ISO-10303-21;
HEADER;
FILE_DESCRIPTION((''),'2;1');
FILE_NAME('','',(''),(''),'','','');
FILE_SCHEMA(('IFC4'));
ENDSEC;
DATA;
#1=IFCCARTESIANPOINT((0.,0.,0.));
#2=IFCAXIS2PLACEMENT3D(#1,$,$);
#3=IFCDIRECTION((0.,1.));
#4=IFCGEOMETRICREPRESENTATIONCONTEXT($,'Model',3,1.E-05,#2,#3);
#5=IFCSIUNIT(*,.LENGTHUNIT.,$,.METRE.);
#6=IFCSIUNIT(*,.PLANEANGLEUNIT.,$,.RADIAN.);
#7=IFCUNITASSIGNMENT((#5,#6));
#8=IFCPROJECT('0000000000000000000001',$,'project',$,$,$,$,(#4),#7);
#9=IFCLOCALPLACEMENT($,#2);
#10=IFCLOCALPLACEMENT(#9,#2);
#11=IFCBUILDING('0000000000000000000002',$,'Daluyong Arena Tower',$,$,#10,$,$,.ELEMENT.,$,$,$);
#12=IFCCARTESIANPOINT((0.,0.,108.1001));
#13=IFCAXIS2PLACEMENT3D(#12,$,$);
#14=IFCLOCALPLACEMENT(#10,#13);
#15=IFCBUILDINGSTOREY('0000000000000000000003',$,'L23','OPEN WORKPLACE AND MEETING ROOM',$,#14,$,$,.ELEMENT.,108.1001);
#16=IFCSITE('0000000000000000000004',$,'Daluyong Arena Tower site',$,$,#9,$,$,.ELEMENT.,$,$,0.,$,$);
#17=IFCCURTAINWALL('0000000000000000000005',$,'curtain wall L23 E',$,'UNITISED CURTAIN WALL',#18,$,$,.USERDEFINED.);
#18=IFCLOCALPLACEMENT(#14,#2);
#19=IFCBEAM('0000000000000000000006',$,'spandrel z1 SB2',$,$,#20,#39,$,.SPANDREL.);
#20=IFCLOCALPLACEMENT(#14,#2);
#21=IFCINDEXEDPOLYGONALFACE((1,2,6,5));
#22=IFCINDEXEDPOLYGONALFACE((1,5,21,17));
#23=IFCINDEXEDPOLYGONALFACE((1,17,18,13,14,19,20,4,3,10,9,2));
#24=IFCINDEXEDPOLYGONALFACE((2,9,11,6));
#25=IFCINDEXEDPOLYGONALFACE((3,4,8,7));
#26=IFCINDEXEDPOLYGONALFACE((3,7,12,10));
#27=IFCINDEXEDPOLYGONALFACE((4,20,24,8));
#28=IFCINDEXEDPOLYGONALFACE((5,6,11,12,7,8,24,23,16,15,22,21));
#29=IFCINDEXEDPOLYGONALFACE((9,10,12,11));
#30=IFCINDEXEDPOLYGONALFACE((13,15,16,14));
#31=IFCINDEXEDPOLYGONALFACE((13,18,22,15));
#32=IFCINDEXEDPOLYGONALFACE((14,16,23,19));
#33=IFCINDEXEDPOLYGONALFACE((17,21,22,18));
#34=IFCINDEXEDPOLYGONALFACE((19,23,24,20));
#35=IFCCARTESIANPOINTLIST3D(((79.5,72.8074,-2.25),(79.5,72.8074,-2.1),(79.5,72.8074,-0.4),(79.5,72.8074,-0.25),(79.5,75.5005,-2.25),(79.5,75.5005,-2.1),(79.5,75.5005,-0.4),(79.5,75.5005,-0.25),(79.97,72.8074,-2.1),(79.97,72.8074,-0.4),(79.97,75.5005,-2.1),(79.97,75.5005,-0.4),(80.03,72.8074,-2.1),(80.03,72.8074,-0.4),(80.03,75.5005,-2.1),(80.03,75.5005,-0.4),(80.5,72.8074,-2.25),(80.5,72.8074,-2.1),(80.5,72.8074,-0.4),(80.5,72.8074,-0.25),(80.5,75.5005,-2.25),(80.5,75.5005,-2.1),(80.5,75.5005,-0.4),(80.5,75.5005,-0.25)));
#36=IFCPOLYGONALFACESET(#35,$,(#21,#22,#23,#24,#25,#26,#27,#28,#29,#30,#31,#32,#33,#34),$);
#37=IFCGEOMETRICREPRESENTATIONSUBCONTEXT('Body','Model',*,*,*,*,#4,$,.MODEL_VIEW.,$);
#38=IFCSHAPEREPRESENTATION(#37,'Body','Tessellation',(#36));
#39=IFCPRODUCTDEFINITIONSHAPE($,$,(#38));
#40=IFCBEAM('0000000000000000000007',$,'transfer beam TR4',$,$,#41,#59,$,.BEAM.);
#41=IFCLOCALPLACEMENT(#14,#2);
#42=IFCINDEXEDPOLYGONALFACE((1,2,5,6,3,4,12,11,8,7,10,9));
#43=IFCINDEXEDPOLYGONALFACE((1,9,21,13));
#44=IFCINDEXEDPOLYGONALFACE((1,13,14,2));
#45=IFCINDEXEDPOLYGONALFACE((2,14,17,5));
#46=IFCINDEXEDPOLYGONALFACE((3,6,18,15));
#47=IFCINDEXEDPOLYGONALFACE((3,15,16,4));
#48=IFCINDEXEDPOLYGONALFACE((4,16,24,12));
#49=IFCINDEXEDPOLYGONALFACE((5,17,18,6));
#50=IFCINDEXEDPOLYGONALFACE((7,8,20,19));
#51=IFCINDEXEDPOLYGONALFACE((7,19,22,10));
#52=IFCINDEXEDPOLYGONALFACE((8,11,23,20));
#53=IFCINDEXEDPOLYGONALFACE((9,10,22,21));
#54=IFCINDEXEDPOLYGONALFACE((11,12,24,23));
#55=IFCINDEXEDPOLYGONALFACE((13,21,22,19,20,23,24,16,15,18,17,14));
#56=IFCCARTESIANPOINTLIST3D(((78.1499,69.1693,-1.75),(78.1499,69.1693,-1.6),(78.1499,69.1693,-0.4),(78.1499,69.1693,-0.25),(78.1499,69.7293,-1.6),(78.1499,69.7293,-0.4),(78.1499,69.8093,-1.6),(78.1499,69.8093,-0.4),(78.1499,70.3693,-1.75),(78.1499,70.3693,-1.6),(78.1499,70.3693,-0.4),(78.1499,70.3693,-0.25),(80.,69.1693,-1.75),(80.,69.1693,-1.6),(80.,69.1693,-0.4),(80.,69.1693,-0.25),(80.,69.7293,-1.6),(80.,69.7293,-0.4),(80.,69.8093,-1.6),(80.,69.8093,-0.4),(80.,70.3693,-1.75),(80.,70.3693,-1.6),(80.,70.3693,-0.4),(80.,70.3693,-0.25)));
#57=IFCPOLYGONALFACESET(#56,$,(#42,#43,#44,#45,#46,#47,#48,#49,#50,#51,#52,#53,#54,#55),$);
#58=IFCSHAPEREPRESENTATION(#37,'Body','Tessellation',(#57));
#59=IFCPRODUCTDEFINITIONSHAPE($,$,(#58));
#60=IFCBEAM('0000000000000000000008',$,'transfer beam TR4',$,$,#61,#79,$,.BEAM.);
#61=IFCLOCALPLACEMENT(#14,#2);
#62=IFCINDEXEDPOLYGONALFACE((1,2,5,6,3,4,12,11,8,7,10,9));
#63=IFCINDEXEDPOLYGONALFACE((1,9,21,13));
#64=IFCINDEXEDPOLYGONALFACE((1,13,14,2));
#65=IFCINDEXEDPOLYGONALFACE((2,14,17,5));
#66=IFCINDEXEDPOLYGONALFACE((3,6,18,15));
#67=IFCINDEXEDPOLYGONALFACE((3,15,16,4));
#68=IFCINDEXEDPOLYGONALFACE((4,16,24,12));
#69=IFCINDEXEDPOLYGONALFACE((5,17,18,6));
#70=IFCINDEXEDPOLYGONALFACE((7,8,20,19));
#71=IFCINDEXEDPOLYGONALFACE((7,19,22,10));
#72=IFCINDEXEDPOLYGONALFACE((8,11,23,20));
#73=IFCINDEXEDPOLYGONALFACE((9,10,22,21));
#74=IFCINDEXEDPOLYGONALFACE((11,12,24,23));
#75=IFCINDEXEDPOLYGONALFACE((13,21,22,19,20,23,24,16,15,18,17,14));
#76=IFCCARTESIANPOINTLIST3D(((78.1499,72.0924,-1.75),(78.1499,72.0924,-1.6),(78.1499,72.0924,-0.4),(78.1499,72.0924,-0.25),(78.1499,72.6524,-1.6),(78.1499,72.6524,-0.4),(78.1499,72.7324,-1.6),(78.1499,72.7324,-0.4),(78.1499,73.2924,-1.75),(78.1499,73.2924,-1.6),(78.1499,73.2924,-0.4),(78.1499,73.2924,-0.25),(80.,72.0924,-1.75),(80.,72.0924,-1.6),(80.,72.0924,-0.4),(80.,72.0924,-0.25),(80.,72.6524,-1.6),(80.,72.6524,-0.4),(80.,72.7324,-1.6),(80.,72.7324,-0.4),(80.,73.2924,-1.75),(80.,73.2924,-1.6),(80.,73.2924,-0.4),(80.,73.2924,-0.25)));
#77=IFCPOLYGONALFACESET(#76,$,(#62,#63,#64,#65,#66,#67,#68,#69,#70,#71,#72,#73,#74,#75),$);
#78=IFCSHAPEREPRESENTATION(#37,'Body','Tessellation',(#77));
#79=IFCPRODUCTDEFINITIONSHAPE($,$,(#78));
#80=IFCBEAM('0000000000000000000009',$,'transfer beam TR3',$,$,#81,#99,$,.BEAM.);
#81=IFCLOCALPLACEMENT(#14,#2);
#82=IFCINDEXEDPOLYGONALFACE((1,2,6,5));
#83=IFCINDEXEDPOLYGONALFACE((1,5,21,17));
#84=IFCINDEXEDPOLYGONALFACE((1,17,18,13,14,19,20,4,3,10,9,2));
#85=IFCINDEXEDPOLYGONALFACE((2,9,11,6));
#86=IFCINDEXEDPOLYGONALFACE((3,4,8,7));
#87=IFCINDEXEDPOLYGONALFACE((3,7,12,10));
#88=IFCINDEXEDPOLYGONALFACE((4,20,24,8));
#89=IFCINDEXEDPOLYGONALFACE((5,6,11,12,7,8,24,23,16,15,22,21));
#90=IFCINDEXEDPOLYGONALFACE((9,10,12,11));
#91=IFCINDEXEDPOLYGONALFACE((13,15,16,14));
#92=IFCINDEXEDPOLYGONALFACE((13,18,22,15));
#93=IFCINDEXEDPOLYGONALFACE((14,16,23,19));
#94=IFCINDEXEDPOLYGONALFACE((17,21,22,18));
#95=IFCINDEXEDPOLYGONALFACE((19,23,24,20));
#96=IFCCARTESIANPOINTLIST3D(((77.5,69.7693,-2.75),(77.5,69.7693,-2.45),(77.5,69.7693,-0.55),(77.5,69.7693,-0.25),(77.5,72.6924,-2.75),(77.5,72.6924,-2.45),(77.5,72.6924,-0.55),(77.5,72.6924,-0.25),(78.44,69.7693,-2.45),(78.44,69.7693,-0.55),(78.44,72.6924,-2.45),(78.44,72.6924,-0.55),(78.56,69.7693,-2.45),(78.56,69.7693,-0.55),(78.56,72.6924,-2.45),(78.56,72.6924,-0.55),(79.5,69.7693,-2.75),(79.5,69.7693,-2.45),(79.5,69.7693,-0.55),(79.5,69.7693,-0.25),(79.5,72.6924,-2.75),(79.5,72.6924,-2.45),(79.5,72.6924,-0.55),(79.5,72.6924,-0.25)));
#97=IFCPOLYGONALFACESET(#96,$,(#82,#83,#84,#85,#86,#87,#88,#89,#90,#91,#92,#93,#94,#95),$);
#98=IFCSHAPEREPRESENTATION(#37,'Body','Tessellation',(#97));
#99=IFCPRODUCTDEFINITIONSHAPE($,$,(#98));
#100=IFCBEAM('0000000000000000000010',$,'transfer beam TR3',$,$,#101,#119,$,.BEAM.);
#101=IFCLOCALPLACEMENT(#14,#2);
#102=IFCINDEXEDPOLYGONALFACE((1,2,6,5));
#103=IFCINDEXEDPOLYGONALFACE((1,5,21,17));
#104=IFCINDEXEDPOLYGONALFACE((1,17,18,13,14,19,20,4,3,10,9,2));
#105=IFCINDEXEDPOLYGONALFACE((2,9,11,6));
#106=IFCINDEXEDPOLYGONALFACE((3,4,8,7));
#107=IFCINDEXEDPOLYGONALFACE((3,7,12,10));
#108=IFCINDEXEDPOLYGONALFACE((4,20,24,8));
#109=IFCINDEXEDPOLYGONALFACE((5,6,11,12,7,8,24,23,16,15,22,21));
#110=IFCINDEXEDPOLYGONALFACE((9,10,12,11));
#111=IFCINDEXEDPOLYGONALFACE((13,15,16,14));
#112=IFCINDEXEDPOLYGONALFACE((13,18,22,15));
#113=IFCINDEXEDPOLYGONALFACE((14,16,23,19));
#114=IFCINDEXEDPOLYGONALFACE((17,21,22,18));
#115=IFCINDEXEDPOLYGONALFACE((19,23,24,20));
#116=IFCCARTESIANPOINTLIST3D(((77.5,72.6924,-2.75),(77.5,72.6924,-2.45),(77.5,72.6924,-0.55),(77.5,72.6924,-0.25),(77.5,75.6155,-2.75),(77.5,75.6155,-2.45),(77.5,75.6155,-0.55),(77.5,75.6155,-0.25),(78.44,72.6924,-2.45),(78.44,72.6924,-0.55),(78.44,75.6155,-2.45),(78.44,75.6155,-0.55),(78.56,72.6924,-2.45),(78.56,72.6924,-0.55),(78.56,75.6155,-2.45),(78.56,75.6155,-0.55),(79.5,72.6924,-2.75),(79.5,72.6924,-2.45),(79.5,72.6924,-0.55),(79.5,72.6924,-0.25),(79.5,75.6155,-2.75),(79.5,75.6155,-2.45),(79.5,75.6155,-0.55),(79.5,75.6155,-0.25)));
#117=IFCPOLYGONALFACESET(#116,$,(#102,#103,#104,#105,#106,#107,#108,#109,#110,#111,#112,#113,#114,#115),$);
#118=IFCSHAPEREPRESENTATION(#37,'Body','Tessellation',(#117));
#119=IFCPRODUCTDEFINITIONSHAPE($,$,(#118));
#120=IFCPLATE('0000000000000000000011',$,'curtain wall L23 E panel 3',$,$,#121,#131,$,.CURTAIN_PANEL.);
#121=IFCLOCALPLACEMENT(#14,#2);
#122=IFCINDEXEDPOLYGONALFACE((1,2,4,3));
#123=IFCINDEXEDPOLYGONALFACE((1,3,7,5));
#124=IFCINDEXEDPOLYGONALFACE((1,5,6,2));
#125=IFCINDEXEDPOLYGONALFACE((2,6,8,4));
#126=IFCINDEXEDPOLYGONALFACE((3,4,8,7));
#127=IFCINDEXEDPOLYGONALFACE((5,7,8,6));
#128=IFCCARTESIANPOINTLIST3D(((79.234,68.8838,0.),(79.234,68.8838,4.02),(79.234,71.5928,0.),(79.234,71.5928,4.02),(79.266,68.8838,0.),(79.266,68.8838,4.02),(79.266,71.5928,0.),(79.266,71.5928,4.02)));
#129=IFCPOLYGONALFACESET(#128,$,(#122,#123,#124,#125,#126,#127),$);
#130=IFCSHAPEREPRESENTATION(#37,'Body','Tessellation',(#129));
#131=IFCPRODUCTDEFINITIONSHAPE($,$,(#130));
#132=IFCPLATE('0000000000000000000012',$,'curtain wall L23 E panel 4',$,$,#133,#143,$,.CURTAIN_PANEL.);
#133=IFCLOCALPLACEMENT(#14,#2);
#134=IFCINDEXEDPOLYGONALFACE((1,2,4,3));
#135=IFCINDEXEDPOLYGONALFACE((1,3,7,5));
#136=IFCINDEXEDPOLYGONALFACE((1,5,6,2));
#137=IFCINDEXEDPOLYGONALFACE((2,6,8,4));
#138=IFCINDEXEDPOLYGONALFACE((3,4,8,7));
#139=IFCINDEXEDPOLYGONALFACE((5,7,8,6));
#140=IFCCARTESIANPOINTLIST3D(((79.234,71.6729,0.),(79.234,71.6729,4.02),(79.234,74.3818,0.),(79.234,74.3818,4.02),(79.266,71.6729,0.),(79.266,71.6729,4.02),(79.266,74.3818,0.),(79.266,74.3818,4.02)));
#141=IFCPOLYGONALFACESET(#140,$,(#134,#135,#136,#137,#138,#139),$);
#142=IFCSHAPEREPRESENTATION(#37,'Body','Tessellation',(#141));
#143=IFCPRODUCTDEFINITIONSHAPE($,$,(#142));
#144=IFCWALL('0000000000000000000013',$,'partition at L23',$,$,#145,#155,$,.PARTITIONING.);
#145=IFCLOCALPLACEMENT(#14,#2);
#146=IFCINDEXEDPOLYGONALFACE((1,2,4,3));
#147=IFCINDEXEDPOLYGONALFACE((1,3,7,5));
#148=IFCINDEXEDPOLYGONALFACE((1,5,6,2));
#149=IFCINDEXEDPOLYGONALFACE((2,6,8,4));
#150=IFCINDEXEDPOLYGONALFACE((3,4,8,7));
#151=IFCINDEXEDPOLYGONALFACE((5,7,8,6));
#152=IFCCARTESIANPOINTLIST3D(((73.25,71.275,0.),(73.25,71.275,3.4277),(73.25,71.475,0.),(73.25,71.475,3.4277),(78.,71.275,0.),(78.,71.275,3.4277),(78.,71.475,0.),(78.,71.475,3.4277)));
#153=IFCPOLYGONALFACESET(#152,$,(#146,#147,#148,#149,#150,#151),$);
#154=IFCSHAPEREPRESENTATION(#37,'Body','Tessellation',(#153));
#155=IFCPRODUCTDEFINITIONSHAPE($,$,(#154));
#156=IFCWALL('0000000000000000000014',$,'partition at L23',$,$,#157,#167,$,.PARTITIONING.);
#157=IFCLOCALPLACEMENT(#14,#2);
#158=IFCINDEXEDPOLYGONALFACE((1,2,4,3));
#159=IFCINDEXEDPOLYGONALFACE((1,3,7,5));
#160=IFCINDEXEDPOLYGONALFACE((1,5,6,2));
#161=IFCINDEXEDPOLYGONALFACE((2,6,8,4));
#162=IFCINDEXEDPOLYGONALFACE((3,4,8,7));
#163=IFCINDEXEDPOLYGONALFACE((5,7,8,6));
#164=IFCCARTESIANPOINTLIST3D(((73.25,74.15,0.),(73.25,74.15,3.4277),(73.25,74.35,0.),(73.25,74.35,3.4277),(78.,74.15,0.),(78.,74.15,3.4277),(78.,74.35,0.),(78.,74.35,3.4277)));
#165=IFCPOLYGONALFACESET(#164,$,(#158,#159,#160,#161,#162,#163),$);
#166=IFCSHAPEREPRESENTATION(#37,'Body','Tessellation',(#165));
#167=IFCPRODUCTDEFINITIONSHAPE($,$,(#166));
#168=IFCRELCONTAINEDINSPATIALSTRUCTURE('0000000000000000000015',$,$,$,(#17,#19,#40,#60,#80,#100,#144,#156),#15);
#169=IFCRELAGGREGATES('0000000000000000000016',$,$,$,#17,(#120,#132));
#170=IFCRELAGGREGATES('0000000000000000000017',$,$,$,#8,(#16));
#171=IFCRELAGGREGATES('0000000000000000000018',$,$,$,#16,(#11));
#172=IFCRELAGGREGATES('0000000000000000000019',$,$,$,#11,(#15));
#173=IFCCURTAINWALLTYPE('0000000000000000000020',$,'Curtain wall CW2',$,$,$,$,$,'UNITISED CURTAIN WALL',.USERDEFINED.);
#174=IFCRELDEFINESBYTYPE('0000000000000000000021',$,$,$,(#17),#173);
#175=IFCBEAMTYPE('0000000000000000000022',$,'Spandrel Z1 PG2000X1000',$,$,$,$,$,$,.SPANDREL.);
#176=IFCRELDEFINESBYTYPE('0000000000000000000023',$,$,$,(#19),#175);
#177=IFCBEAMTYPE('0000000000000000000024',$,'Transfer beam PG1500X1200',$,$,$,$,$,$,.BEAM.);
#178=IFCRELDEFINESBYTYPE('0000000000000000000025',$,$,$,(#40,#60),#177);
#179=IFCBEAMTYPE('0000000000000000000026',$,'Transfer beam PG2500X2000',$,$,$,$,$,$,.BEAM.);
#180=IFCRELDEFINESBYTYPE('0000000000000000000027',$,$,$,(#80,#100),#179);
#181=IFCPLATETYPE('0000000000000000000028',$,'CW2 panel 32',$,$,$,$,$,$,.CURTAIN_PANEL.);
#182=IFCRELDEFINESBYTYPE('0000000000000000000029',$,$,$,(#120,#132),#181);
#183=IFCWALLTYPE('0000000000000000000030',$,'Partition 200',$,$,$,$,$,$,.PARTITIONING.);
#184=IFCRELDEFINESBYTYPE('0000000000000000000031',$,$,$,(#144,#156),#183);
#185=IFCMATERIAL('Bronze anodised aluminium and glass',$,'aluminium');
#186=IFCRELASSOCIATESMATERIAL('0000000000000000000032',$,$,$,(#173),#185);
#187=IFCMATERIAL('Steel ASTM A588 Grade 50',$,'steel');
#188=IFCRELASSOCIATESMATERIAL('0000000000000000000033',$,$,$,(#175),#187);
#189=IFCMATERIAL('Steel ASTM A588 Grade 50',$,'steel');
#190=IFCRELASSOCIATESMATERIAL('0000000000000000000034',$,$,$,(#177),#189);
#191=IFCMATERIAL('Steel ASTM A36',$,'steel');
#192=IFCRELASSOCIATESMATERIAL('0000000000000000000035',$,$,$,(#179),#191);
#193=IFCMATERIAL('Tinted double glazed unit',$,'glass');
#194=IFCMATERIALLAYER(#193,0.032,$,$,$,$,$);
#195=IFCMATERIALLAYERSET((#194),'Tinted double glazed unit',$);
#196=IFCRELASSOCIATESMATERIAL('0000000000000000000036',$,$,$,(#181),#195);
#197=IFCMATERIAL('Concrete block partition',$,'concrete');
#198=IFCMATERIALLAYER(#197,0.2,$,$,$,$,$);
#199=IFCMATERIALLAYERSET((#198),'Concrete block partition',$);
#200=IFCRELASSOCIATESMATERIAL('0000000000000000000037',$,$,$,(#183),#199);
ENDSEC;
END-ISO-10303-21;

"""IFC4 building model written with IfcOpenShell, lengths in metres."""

from ifc_helpers import new_model, si_unit, direction, frame, frame_2d, origin, origin_2d, place, context, subcontext, project, spatial, rectangle, i_section, extrude, material, layer, layer_set, material_profile, profile_set, type_object, element, aggregate, save


model = new_model("IFC4")

# Units and contexts
model_context = context("Model", 3, precision=1e-05, world=origin(), true_north=direction((0.0, 1.0)))
body_context = subcontext(model_context, "Body", "Model", "MODEL_VIEW")
ifc_project = project(units=[si_unit("LENGTHUNIT", "METRE"), si_unit("PLANEANGLEUNIT", "RADIAN")], contexts=[model_context])

# Site, building, storey
site_placement = place(None, origin())
site = spatial("IfcSite", under=ifc_project, at=site_placement, Name="Daluyong Arena Tower site", CompositionType="ELEMENT", RefElevation=0.0)
building_placement = place(site_placement, origin())
building = spatial("IfcBuilding", under=site, at=building_placement, Name="Daluyong Arena Tower", CompositionType="ELEMENT")
storey_placement = place(building_placement, frame((0.0, 0.0, 108.1001)))
storey = spatial("IfcBuildingStorey", under=building, at=storey_placement, Name="L23", Description="OPEN WORKPLACE AND MEETING ROOM", CompositionType="ELEMENT", Elevation=108.1001)

# Curtain wall
ifc_material_1 = material(Name="Bronze anodised aluminium and glass", Category="aluminium")
curtain_wall_type = type_object("IfcCurtainWallType", Name="Curtain wall CW2", ElementType="UNITISED CURTAIN WALL", PredefinedType="USERDEFINED", material=ifc_material_1)
curtain_wall_placement = place(storey_placement, origin())
curtain_wall = element("IfcCurtainWall", 1, at=curtain_wall_placement, inside=storey, type_object=curtain_wall_type, Name="curtain wall L23 E", ObjectType="UNITISED CURTAIN WALL", PredefinedType="USERDEFINED")

# Beams
ifc_material_2 = material(Name="Steel ASTM A588 Grade 50", Category="steel")
ifc_material_profile_1 = material_profile(ifc_material_2, i_section(OverallWidth=1.0, OverallDepth=2.0, WebThickness=0.06, FlangeThickness=0.15, at=origin_2d()))
ifc_profile_set_1 = profile_set([ifc_material_profile_1], Name="Steel ASTM A588 Grade 50")
beam_type_1 = type_object("IfcBeamType", Name="Spandrel Z1 PG2000X1000", PredefinedType="SPANDREL", material=ifc_profile_set_1)
for number, where, z_axis, x_axis, name in (
    (2, (80.0, 72.8074, -1.25), (0.0, 1.0, 0.0), (-1.0, 0.0, 0.0), "spandrel z1 SB2"),
):
    element("IfcBeam", number, at=place(storey_placement, frame(where, z_axis=z_axis, x_axis=x_axis)), inside=storey, type_object=beam_type_1, Name=name, PredefinedType="SPANDREL", context=body_context, shape_type="SweptSolid", body=[
        extrude(i_section(OverallWidth=1.0, OverallDepth=2.0, WebThickness=0.06, FlangeThickness=0.15, at=origin_2d()), origin(), (0.0, 0.0, 1.0), 2.6931),
    ])
ifc_material_3 = material(Name="Steel ASTM A588 Grade 50", Category="steel")
ifc_material_profile_2 = material_profile(ifc_material_3, i_section(OverallWidth=1.2, OverallDepth=1.5, WebThickness=0.08, FlangeThickness=0.15, at=origin_2d()))
ifc_profile_set_2 = profile_set([ifc_material_profile_2], Name="Steel ASTM A588 Grade 50")
beam_type_2 = type_object("IfcBeamType", Name="Transfer beam PG1500X1200", PredefinedType="BEAM", material=ifc_profile_set_2)
for number, where, z_axis, x_axis, name in (
    (3, (80.0, 69.7693, -1.0), (-1.0, 0.0, 0.0), (0.0, -1.0, 0.0), "transfer beam TR4"),
    (4, (80.0, 72.6924, -1.0), (-1.0, 0.0, 0.0), (0.0, -1.0, 0.0), "transfer beam TR4"),
):
    element("IfcBeam", number, at=place(storey_placement, frame(where, z_axis=z_axis, x_axis=x_axis)), inside=storey, type_object=beam_type_2, Name=name, PredefinedType="BEAM", context=body_context, shape_type="SweptSolid", body=[
        extrude(i_section(OverallWidth=1.2, OverallDepth=1.5, WebThickness=0.08, FlangeThickness=0.15, at=origin_2d()), origin(), (0.0, 0.0, 1.0), 1.8501),
    ])
ifc_material_4 = material(Name="Steel ASTM A36", Category="steel")
ifc_material_profile_3 = material_profile(ifc_material_4, i_section(OverallWidth=2.0, OverallDepth=2.5, WebThickness=0.12, FlangeThickness=0.3, at=origin_2d()))
ifc_profile_set_3 = profile_set([ifc_material_profile_3], Name="Steel ASTM A36")
beam_type_3 = type_object("IfcBeamType", Name="Transfer beam PG2500X2000", PredefinedType="BEAM", material=ifc_profile_set_3)
for number, where, z_axis, x_axis, name in (
    (5, (78.5, 69.7693, -1.5), (0.0, 1.0, 0.0), (-1.0, 0.0, 0.0), "transfer beam TR3"),
    (6, (78.5, 72.6924, -1.5), (0.0, 1.0, 0.0), (-1.0, 0.0, 0.0), "transfer beam TR3"),
):
    element("IfcBeam", number, at=place(storey_placement, frame(where, z_axis=z_axis, x_axis=x_axis)), inside=storey, type_object=beam_type_3, Name=name, PredefinedType="BEAM", context=body_context, shape_type="SweptSolid", body=[
        extrude(i_section(OverallWidth=2.0, OverallDepth=2.5, WebThickness=0.12, FlangeThickness=0.3, at=origin_2d()), origin(), (0.0, 0.0, 1.0), 2.9231),
    ])

# Plates
ifc_material_5 = material(Name="Tinted double glazed unit", Category="glass")
ifc_layer_1 = layer(ifc_material_5, 0.032)
ifc_layer_set_1 = layer_set([ifc_layer_1], Name="Tinted double glazed unit")
plate_type = type_object("IfcPlateType", Name="CW2 panel 32", PredefinedType="CURTAIN_PANEL", material=ifc_layer_set_1)
plate_1_placement = place(storey_placement, frame((79.25, 70.2383, 0.0), z_axis=(0.0, 0.0, 1.0), x_axis=(0.0, 1.0, 0.0)))
plate_1 = element("IfcPlate", 7, at=plate_1_placement, type_object=plate_type, Name="curtain wall L23 E panel 3", PredefinedType="CURTAIN_PANEL", context=body_context, shape_type="SweptSolid", body=[
    extrude(rectangle(XDim=2.709, YDim=0.032, at=origin_2d()), origin(), (0.0, 0.0, 1.0), 4.02),
])
plate_2_placement = place(storey_placement, frame((79.25, 73.0273, 0.0), z_axis=(0.0, 0.0, 1.0), x_axis=(0.0, 1.0, 0.0)))
plate_2 = element("IfcPlate", 8, at=plate_2_placement, type_object=plate_type, Name="curtain wall L23 E panel 4", PredefinedType="CURTAIN_PANEL", context=body_context, shape_type="SweptSolid", body=[
    extrude(rectangle(XDim=2.709, YDim=0.032, at=origin_2d()), origin(), (0.0, 0.0, 1.0), 4.02),
])
aggregate(curtain_wall, [plate_1, plate_2])

# Walls
ifc_material_6 = material(Name="Concrete block partition", Category="concrete")
ifc_layer_2 = layer(ifc_material_6, 0.2)
ifc_layer_set_2 = layer_set([ifc_layer_2], Name="Concrete block partition")
wall_type = type_object("IfcWallType", Name="Partition 200", PredefinedType="PARTITIONING", material=ifc_layer_set_2)
for number, where, z_axis, x_axis, name in (
    (9, (73.25, 71.375, 0.0), (0.0, 0.0, 1.0), (1.0, 0.0, 0.0), "partition at L23"),
    (10, (73.25, 74.25, 0.0), (0.0, 0.0, 1.0), (1.0, 0.0, 0.0), "partition at L23"),
):
    element("IfcWall", number, at=place(storey_placement, frame(where, z_axis=z_axis, x_axis=x_axis)), inside=storey, type_object=wall_type, Name=name, PredefinedType="PARTITIONING", context=body_context, shape_type="SweptSolid", body=[
        extrude(rectangle(XDim=4.75, YDim=0.2, at=frame_2d((2.375, 0.0))), origin(), (0.0, 0.0, 1.0), 3.4277),
    ])

save(model, "model.ifc")
